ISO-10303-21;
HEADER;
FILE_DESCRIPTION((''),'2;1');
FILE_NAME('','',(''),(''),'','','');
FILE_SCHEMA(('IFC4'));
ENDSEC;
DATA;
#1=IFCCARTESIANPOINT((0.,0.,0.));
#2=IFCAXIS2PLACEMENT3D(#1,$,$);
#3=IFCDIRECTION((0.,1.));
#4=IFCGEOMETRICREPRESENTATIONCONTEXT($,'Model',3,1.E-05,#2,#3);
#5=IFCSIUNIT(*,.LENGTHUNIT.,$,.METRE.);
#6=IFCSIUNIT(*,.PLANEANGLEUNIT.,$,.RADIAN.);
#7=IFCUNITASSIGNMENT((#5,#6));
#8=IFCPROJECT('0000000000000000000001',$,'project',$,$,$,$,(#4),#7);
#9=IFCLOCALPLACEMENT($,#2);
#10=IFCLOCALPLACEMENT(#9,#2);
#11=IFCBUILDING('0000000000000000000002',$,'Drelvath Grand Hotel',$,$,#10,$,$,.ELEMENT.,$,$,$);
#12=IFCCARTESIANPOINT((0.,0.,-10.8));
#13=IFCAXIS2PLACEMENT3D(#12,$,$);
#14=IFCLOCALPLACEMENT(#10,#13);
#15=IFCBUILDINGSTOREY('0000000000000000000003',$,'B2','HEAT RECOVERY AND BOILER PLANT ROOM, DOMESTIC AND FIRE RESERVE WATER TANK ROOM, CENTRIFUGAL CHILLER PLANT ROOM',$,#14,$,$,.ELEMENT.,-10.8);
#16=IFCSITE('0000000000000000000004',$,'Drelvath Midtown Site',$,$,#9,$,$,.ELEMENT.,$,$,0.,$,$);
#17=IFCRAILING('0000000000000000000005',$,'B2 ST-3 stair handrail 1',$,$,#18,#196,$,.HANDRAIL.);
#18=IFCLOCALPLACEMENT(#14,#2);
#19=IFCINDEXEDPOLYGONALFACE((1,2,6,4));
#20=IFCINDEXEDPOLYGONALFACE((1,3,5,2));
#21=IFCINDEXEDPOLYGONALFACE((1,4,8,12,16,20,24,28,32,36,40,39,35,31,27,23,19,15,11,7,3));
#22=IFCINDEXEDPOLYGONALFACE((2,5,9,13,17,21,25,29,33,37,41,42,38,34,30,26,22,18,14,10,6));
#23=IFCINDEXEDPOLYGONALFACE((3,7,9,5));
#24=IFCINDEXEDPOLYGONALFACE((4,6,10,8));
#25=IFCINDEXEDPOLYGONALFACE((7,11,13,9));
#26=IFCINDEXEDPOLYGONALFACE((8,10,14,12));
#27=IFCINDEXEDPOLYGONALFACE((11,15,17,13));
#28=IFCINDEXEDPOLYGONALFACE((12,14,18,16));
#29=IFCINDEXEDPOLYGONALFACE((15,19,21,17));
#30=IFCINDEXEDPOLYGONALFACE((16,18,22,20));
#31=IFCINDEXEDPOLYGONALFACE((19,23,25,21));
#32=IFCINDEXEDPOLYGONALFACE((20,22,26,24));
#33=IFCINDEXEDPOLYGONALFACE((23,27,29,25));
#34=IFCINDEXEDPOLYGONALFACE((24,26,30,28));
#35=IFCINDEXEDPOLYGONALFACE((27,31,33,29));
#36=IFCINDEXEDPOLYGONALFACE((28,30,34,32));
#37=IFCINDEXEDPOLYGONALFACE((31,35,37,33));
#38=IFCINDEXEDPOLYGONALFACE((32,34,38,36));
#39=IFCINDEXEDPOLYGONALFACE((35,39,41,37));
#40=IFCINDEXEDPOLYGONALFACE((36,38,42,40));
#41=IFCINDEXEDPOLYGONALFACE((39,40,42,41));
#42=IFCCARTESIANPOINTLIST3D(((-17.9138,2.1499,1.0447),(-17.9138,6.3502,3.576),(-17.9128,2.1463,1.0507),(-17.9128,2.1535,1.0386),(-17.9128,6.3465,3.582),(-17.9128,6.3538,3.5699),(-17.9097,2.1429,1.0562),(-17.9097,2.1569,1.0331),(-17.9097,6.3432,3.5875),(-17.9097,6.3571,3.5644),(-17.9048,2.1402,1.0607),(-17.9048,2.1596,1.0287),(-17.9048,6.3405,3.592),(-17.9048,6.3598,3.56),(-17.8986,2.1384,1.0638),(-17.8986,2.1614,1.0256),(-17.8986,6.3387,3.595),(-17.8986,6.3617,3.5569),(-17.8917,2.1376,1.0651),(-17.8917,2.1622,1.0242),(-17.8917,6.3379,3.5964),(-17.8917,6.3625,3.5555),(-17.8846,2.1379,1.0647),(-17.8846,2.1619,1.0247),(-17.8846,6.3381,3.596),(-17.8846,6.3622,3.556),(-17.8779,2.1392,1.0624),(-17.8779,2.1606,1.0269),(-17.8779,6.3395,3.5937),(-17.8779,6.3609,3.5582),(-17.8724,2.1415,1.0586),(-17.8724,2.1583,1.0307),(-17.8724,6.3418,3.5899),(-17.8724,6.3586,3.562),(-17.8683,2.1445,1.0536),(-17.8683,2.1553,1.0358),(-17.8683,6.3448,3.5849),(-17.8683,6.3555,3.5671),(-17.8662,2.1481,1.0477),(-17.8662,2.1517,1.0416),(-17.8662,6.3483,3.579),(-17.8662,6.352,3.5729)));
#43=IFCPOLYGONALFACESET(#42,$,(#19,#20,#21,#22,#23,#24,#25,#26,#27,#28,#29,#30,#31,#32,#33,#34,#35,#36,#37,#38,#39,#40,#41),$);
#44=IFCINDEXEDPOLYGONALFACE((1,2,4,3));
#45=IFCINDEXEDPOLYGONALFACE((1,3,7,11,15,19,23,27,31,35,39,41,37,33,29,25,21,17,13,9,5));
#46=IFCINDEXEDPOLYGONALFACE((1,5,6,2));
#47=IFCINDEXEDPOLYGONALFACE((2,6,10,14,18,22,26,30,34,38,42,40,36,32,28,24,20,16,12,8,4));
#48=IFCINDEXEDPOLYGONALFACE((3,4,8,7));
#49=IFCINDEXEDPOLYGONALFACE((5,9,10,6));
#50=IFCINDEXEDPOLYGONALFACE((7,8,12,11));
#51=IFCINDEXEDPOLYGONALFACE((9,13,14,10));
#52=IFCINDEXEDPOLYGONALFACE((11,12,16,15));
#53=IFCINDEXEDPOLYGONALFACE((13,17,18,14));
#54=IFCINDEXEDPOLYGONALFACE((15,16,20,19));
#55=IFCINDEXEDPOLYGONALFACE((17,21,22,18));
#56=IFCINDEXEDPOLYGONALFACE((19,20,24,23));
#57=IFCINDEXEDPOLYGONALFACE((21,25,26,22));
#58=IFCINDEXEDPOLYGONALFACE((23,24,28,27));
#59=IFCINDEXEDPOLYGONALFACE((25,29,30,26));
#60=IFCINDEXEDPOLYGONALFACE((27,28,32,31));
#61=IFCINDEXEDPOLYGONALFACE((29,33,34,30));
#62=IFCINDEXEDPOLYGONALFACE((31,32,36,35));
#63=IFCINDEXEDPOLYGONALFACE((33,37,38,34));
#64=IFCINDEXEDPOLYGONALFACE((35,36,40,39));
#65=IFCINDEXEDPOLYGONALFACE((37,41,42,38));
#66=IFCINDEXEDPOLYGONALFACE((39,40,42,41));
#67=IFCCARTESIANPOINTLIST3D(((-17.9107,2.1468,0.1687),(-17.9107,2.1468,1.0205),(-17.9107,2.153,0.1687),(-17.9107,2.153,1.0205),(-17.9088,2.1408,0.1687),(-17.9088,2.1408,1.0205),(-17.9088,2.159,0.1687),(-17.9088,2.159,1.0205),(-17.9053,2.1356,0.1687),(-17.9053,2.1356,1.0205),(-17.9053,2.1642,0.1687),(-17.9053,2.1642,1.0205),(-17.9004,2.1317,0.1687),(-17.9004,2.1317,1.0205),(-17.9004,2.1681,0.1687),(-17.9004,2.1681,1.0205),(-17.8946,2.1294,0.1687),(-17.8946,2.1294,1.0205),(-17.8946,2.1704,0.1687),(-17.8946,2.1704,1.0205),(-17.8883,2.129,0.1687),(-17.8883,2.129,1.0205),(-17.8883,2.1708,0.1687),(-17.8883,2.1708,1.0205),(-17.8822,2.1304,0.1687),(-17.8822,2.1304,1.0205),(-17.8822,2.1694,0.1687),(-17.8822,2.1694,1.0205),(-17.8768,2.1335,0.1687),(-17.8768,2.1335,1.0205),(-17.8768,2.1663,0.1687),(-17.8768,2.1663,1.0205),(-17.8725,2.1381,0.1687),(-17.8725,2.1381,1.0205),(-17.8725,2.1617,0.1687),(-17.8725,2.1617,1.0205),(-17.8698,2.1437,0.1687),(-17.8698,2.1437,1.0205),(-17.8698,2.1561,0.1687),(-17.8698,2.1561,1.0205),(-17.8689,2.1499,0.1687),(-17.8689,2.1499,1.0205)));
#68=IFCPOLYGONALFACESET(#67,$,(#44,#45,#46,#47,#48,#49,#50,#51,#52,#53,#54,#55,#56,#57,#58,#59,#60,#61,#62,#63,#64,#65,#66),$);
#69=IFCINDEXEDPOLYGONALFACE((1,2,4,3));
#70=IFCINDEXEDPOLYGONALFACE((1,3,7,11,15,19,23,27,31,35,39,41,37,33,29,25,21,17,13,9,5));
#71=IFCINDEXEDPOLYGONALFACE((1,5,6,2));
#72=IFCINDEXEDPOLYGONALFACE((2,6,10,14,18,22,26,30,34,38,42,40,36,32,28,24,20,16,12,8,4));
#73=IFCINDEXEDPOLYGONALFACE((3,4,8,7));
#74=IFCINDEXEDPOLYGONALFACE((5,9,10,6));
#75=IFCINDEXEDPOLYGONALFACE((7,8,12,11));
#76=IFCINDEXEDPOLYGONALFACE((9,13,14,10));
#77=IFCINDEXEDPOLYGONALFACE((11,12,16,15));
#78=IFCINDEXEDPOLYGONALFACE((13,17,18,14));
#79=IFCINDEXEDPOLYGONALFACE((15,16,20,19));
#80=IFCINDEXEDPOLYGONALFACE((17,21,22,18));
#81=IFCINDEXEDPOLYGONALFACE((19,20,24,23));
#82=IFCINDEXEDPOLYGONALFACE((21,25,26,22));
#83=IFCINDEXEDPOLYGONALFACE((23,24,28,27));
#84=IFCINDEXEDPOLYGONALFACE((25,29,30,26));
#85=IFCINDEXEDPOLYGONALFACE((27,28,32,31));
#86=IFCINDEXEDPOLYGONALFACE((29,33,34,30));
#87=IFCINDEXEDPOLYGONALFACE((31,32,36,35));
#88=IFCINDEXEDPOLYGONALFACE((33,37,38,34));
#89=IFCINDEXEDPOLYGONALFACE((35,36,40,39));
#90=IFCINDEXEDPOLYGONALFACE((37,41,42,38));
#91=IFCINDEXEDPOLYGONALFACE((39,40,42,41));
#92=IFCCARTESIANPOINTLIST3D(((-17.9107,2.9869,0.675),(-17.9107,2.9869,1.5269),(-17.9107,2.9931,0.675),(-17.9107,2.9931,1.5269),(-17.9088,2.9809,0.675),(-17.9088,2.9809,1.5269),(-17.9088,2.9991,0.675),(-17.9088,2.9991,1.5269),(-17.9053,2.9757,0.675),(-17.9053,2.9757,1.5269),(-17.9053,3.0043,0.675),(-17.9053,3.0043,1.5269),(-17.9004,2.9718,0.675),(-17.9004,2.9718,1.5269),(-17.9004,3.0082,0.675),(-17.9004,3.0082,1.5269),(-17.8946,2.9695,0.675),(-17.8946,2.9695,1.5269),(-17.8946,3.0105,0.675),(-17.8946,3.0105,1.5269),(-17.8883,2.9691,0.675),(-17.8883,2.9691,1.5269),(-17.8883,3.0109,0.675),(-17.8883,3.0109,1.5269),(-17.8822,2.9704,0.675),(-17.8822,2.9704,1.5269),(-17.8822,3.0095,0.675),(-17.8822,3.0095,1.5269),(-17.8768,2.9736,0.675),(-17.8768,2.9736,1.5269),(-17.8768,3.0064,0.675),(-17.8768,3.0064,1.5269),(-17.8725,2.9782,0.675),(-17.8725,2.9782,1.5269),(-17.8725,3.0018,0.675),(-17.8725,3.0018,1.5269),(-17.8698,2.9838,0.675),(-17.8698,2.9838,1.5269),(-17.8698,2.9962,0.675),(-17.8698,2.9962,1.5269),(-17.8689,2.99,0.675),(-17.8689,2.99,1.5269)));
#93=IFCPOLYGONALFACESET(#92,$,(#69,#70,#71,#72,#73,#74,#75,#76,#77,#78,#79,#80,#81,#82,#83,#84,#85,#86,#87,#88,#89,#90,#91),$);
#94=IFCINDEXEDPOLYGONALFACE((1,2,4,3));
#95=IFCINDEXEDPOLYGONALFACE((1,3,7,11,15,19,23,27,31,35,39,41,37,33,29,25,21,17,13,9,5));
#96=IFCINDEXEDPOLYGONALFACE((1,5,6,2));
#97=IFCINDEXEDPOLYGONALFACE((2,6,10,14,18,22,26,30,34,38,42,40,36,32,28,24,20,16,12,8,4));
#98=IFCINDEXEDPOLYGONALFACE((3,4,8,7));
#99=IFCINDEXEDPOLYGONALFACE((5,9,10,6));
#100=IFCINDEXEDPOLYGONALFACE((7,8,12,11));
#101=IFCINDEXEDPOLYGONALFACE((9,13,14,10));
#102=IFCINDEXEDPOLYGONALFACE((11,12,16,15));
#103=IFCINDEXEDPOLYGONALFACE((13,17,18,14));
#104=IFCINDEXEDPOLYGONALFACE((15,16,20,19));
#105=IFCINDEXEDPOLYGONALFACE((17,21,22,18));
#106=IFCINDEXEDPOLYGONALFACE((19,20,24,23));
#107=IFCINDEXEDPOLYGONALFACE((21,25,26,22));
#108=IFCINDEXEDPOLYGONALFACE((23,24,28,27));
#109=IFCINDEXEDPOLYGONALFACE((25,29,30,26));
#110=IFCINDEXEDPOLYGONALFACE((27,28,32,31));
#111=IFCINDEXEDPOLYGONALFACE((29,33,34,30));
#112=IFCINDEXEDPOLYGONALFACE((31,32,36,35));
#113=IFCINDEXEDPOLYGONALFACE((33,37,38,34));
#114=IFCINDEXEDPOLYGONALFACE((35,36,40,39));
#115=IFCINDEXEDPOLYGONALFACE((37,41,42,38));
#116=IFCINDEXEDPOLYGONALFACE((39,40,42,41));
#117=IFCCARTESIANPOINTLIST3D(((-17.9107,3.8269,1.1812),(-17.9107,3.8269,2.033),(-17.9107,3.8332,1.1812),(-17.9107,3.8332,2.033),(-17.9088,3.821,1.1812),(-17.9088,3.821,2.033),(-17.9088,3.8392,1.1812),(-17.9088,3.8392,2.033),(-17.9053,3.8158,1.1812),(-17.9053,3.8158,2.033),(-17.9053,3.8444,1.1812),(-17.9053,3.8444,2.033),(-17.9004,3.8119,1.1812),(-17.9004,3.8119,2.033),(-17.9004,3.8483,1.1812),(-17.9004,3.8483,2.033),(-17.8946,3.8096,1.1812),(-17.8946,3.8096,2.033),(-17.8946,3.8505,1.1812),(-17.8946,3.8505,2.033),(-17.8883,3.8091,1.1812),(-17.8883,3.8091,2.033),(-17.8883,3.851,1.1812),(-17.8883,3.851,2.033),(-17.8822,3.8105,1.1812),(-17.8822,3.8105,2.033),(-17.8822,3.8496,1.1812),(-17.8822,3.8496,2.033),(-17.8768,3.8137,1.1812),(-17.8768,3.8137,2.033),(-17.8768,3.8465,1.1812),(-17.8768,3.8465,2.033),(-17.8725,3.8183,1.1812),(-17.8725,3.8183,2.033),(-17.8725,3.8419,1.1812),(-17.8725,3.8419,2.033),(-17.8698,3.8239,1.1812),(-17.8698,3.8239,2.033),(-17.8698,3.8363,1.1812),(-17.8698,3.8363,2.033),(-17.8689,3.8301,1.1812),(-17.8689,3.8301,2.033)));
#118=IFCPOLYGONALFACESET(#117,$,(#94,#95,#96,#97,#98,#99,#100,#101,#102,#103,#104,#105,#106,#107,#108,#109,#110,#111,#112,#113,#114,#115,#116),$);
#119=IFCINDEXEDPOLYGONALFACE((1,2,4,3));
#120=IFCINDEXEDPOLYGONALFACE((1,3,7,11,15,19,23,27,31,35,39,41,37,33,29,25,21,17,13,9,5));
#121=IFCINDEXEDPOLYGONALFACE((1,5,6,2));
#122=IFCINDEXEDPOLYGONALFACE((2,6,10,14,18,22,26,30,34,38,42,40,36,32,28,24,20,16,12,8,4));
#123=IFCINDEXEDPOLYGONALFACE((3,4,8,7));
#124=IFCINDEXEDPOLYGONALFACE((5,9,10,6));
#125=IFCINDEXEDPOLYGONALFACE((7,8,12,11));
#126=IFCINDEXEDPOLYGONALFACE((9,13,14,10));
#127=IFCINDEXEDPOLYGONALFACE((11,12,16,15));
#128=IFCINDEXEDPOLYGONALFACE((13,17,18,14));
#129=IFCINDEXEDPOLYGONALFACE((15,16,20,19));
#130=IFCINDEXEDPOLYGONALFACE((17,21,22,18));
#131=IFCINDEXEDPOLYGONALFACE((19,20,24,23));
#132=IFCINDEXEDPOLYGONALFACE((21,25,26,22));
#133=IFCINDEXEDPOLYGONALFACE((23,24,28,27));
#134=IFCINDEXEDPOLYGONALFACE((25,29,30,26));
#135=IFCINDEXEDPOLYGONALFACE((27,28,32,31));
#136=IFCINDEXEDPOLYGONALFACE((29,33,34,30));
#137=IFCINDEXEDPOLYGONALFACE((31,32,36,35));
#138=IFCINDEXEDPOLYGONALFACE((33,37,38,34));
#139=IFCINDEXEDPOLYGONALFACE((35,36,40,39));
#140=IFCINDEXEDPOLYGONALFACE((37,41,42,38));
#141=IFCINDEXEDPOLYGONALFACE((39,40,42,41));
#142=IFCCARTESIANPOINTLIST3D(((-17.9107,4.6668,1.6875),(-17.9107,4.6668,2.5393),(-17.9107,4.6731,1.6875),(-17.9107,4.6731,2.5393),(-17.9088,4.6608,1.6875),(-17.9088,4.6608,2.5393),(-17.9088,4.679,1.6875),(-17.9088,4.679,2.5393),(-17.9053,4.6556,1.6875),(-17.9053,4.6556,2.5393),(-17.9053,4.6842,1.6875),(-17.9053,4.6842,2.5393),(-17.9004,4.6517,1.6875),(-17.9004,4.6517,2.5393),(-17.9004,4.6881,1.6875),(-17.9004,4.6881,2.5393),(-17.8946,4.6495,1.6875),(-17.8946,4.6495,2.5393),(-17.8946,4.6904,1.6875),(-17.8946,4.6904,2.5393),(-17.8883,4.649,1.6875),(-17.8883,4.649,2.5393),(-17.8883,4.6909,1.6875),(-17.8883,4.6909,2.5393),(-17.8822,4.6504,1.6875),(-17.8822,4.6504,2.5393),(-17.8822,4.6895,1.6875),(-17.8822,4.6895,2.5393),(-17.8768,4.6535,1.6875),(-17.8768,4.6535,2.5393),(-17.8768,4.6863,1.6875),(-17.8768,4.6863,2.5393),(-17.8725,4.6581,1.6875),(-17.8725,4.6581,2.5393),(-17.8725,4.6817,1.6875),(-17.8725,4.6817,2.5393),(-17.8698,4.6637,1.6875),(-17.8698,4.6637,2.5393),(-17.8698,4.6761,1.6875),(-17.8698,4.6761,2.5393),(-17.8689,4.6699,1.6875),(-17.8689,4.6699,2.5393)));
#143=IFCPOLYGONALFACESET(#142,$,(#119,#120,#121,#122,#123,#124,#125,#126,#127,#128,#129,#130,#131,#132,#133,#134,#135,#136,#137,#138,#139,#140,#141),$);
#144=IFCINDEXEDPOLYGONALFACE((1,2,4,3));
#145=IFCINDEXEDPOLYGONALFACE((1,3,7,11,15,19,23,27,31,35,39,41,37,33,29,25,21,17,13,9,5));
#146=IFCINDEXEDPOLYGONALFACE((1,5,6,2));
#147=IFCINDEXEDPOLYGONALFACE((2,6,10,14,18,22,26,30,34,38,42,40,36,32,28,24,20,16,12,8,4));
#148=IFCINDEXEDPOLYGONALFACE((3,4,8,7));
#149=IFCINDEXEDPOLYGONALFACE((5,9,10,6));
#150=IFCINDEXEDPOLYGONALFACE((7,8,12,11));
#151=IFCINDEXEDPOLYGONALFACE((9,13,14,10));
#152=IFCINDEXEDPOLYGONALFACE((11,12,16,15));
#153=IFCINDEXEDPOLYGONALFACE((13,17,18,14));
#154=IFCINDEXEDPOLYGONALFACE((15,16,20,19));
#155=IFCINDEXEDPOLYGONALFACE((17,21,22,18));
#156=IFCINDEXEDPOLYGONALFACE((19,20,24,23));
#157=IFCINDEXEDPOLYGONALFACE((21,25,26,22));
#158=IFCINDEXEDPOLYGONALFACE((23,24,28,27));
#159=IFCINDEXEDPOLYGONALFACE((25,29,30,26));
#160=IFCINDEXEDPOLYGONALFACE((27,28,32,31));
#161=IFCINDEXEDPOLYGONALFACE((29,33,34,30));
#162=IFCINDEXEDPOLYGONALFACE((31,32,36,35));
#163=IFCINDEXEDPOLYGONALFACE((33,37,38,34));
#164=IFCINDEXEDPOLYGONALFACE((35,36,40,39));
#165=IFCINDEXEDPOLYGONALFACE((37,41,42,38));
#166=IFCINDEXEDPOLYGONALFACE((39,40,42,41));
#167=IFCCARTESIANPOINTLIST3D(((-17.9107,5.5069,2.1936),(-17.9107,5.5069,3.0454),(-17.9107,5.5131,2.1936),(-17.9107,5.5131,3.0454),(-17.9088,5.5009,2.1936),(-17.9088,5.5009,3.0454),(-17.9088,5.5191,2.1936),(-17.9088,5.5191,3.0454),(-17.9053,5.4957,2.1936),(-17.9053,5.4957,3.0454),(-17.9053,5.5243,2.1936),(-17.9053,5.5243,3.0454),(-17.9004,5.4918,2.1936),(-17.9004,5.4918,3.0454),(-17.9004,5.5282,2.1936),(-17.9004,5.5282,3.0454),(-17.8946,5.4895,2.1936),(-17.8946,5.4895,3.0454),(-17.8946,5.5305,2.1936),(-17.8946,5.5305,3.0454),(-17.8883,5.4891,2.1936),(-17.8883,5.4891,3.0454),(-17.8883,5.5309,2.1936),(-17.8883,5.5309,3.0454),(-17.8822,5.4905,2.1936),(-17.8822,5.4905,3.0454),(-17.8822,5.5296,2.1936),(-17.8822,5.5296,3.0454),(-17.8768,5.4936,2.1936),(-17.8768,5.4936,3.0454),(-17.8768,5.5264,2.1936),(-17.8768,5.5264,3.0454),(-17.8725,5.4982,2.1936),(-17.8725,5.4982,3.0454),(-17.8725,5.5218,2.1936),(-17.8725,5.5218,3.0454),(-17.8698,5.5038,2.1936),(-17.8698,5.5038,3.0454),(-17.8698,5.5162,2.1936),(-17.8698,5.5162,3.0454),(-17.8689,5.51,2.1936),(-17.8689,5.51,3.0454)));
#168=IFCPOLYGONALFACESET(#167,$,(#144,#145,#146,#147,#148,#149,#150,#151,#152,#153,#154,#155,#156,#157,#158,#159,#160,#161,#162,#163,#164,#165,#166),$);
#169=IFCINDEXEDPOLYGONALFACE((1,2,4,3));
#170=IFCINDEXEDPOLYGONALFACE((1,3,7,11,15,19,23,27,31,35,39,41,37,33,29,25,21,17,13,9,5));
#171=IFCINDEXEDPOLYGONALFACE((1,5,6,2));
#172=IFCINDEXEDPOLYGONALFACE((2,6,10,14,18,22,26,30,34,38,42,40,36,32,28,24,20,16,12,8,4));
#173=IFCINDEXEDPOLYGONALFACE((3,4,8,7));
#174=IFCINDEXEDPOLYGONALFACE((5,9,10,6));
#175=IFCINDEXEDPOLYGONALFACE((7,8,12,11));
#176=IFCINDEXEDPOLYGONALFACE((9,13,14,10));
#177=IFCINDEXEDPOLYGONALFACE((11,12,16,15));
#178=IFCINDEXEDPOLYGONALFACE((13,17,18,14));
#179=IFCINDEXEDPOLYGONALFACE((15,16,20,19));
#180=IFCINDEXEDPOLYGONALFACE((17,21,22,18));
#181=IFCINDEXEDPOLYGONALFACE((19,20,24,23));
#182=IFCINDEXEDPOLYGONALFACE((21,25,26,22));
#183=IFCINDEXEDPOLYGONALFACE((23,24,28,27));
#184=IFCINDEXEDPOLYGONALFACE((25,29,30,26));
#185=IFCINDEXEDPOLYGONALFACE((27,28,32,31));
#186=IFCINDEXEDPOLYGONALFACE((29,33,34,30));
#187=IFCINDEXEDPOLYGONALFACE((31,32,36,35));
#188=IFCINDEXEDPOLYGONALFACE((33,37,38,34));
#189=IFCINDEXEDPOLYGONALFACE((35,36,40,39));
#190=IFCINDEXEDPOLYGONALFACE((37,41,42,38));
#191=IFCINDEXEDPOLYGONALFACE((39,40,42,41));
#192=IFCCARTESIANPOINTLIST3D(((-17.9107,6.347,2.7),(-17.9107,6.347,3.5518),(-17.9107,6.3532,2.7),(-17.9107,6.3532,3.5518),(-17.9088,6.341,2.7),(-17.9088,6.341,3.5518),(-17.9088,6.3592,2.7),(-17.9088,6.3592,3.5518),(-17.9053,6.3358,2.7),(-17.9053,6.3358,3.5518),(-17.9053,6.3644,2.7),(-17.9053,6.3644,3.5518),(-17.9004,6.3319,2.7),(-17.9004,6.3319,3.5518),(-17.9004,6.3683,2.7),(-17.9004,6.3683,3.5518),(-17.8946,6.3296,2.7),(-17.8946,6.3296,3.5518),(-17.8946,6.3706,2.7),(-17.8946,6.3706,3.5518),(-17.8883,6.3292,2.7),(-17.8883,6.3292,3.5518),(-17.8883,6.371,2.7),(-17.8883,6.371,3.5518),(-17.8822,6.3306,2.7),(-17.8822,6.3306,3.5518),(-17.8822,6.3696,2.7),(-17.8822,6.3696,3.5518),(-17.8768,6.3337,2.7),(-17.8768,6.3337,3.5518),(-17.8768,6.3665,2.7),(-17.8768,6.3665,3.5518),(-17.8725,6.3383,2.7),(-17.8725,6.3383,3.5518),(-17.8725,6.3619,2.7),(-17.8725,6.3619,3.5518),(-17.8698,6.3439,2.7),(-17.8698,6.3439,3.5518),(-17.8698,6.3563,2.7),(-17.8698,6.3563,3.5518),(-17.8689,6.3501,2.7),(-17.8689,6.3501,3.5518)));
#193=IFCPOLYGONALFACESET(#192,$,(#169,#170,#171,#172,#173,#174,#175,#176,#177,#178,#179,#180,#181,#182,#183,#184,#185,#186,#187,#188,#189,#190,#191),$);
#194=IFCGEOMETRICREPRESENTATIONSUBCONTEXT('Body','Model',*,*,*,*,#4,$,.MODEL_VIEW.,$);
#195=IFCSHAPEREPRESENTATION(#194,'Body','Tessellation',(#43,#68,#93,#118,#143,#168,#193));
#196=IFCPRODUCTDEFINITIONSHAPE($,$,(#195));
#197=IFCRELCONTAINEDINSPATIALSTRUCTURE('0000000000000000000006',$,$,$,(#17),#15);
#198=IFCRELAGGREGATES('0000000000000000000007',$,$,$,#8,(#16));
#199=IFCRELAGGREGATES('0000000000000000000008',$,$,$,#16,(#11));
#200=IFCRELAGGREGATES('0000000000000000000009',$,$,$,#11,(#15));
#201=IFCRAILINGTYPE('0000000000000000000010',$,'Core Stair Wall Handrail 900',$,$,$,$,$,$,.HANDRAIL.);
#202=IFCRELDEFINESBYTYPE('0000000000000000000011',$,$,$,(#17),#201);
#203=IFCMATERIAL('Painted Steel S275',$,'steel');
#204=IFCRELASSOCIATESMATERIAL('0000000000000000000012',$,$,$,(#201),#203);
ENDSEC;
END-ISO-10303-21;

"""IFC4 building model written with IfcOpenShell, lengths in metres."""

from ifc_helpers import new_model, si_unit, direction, frame, origin, origin_2d, place, context, subcontext, project, spatial, circle, extrude, material, type_object, element, save


model = new_model("IFC4")

# Units and contexts
model_context = context("Model", 3, precision=1e-05, world=origin(), true_north=direction((0.0, 1.0)))
body_context = subcontext(model_context, "Body", "Model", "MODEL_VIEW")
ifc_project = project(units=[si_unit("LENGTHUNIT", "METRE"), si_unit("PLANEANGLEUNIT", "RADIAN")], contexts=[model_context])

# Site, building, storey
site_placement = place(None, origin())
site = spatial("IfcSite", under=ifc_project, at=site_placement, Name="Drelvath Midtown Site", CompositionType="ELEMENT", RefElevation=0.0)
building_placement = place(site_placement, origin())
building = spatial("IfcBuilding", under=site, at=building_placement, Name="Drelvath Grand Hotel", CompositionType="ELEMENT")
storey_placement = place(building_placement, frame((0.0, 0.0, -10.8)))
storey = spatial("IfcBuildingStorey", under=building, at=storey_placement, Name="B2", Description="HEAT RECOVERY AND BOILER PLANT ROOM, DOMESTIC AND FIRE RESERVE WATER TANK ROOM, CENTRIFUGAL CHILLER PLANT ROOM", CompositionType="ELEMENT", Elevation=-10.8)

# Shared definitions
ifc_material_1 = material(Name="Painted Steel S275", Category="steel")

# Railing
railing_type_1 = type_object("IfcRailingType", Name="Core Stair Wall Handrail 900", PredefinedType="HANDRAIL", material=ifc_material_1)
railing_1_placement = place(storey_placement, frame((-17.8899, 2.1499, 0.1687)))
element("IfcRailing", 1, at=railing_1_placement, inside=storey, type_object=railing_type_1, Name="B2 ST-3 stair handrail 1", PredefinedType="HANDRAIL", context=body_context, shape_type="SweptSolid", body=[
    extrude(circle(Radius=0.0239, at=origin_2d()), frame((0.0, 0.0, 0.876), z_axis=(0.0, 0.85649, 0.516164), x_axis=(-1.0, 0.0, 0.0)), (0.0, 0.0, 1.0), 4.9041),
    extrude(circle(Radius=0.021, at=origin_2d()), origin(), (0.0, 0.0, 1.0), 0.8518),
    extrude(circle(Radius=0.021, at=origin_2d()), frame((0.0, 0.8401, 0.5063)), (0.0, 0.0, 1.0), 0.8518),
    extrude(circle(Radius=0.021, at=origin_2d()), frame((0.0, 1.6802, 1.0125)), (0.0, 0.0, 1.0), 0.8518),
    extrude(circle(Radius=0.021, at=origin_2d()), frame((0.0, 2.52, 1.5188)), (0.0, 0.0, 1.0), 0.8518),
    extrude(circle(Radius=0.021, at=origin_2d()), frame((0.0, 3.3601, 2.0249)), (0.0, 0.0, 1.0), 0.8518),
    extrude(circle(Radius=0.021, at=origin_2d()), frame((0.0, 4.2002, 2.5312)), (0.0, 0.0, 1.0), 0.8518),
])

save(model, "model.ifc")
